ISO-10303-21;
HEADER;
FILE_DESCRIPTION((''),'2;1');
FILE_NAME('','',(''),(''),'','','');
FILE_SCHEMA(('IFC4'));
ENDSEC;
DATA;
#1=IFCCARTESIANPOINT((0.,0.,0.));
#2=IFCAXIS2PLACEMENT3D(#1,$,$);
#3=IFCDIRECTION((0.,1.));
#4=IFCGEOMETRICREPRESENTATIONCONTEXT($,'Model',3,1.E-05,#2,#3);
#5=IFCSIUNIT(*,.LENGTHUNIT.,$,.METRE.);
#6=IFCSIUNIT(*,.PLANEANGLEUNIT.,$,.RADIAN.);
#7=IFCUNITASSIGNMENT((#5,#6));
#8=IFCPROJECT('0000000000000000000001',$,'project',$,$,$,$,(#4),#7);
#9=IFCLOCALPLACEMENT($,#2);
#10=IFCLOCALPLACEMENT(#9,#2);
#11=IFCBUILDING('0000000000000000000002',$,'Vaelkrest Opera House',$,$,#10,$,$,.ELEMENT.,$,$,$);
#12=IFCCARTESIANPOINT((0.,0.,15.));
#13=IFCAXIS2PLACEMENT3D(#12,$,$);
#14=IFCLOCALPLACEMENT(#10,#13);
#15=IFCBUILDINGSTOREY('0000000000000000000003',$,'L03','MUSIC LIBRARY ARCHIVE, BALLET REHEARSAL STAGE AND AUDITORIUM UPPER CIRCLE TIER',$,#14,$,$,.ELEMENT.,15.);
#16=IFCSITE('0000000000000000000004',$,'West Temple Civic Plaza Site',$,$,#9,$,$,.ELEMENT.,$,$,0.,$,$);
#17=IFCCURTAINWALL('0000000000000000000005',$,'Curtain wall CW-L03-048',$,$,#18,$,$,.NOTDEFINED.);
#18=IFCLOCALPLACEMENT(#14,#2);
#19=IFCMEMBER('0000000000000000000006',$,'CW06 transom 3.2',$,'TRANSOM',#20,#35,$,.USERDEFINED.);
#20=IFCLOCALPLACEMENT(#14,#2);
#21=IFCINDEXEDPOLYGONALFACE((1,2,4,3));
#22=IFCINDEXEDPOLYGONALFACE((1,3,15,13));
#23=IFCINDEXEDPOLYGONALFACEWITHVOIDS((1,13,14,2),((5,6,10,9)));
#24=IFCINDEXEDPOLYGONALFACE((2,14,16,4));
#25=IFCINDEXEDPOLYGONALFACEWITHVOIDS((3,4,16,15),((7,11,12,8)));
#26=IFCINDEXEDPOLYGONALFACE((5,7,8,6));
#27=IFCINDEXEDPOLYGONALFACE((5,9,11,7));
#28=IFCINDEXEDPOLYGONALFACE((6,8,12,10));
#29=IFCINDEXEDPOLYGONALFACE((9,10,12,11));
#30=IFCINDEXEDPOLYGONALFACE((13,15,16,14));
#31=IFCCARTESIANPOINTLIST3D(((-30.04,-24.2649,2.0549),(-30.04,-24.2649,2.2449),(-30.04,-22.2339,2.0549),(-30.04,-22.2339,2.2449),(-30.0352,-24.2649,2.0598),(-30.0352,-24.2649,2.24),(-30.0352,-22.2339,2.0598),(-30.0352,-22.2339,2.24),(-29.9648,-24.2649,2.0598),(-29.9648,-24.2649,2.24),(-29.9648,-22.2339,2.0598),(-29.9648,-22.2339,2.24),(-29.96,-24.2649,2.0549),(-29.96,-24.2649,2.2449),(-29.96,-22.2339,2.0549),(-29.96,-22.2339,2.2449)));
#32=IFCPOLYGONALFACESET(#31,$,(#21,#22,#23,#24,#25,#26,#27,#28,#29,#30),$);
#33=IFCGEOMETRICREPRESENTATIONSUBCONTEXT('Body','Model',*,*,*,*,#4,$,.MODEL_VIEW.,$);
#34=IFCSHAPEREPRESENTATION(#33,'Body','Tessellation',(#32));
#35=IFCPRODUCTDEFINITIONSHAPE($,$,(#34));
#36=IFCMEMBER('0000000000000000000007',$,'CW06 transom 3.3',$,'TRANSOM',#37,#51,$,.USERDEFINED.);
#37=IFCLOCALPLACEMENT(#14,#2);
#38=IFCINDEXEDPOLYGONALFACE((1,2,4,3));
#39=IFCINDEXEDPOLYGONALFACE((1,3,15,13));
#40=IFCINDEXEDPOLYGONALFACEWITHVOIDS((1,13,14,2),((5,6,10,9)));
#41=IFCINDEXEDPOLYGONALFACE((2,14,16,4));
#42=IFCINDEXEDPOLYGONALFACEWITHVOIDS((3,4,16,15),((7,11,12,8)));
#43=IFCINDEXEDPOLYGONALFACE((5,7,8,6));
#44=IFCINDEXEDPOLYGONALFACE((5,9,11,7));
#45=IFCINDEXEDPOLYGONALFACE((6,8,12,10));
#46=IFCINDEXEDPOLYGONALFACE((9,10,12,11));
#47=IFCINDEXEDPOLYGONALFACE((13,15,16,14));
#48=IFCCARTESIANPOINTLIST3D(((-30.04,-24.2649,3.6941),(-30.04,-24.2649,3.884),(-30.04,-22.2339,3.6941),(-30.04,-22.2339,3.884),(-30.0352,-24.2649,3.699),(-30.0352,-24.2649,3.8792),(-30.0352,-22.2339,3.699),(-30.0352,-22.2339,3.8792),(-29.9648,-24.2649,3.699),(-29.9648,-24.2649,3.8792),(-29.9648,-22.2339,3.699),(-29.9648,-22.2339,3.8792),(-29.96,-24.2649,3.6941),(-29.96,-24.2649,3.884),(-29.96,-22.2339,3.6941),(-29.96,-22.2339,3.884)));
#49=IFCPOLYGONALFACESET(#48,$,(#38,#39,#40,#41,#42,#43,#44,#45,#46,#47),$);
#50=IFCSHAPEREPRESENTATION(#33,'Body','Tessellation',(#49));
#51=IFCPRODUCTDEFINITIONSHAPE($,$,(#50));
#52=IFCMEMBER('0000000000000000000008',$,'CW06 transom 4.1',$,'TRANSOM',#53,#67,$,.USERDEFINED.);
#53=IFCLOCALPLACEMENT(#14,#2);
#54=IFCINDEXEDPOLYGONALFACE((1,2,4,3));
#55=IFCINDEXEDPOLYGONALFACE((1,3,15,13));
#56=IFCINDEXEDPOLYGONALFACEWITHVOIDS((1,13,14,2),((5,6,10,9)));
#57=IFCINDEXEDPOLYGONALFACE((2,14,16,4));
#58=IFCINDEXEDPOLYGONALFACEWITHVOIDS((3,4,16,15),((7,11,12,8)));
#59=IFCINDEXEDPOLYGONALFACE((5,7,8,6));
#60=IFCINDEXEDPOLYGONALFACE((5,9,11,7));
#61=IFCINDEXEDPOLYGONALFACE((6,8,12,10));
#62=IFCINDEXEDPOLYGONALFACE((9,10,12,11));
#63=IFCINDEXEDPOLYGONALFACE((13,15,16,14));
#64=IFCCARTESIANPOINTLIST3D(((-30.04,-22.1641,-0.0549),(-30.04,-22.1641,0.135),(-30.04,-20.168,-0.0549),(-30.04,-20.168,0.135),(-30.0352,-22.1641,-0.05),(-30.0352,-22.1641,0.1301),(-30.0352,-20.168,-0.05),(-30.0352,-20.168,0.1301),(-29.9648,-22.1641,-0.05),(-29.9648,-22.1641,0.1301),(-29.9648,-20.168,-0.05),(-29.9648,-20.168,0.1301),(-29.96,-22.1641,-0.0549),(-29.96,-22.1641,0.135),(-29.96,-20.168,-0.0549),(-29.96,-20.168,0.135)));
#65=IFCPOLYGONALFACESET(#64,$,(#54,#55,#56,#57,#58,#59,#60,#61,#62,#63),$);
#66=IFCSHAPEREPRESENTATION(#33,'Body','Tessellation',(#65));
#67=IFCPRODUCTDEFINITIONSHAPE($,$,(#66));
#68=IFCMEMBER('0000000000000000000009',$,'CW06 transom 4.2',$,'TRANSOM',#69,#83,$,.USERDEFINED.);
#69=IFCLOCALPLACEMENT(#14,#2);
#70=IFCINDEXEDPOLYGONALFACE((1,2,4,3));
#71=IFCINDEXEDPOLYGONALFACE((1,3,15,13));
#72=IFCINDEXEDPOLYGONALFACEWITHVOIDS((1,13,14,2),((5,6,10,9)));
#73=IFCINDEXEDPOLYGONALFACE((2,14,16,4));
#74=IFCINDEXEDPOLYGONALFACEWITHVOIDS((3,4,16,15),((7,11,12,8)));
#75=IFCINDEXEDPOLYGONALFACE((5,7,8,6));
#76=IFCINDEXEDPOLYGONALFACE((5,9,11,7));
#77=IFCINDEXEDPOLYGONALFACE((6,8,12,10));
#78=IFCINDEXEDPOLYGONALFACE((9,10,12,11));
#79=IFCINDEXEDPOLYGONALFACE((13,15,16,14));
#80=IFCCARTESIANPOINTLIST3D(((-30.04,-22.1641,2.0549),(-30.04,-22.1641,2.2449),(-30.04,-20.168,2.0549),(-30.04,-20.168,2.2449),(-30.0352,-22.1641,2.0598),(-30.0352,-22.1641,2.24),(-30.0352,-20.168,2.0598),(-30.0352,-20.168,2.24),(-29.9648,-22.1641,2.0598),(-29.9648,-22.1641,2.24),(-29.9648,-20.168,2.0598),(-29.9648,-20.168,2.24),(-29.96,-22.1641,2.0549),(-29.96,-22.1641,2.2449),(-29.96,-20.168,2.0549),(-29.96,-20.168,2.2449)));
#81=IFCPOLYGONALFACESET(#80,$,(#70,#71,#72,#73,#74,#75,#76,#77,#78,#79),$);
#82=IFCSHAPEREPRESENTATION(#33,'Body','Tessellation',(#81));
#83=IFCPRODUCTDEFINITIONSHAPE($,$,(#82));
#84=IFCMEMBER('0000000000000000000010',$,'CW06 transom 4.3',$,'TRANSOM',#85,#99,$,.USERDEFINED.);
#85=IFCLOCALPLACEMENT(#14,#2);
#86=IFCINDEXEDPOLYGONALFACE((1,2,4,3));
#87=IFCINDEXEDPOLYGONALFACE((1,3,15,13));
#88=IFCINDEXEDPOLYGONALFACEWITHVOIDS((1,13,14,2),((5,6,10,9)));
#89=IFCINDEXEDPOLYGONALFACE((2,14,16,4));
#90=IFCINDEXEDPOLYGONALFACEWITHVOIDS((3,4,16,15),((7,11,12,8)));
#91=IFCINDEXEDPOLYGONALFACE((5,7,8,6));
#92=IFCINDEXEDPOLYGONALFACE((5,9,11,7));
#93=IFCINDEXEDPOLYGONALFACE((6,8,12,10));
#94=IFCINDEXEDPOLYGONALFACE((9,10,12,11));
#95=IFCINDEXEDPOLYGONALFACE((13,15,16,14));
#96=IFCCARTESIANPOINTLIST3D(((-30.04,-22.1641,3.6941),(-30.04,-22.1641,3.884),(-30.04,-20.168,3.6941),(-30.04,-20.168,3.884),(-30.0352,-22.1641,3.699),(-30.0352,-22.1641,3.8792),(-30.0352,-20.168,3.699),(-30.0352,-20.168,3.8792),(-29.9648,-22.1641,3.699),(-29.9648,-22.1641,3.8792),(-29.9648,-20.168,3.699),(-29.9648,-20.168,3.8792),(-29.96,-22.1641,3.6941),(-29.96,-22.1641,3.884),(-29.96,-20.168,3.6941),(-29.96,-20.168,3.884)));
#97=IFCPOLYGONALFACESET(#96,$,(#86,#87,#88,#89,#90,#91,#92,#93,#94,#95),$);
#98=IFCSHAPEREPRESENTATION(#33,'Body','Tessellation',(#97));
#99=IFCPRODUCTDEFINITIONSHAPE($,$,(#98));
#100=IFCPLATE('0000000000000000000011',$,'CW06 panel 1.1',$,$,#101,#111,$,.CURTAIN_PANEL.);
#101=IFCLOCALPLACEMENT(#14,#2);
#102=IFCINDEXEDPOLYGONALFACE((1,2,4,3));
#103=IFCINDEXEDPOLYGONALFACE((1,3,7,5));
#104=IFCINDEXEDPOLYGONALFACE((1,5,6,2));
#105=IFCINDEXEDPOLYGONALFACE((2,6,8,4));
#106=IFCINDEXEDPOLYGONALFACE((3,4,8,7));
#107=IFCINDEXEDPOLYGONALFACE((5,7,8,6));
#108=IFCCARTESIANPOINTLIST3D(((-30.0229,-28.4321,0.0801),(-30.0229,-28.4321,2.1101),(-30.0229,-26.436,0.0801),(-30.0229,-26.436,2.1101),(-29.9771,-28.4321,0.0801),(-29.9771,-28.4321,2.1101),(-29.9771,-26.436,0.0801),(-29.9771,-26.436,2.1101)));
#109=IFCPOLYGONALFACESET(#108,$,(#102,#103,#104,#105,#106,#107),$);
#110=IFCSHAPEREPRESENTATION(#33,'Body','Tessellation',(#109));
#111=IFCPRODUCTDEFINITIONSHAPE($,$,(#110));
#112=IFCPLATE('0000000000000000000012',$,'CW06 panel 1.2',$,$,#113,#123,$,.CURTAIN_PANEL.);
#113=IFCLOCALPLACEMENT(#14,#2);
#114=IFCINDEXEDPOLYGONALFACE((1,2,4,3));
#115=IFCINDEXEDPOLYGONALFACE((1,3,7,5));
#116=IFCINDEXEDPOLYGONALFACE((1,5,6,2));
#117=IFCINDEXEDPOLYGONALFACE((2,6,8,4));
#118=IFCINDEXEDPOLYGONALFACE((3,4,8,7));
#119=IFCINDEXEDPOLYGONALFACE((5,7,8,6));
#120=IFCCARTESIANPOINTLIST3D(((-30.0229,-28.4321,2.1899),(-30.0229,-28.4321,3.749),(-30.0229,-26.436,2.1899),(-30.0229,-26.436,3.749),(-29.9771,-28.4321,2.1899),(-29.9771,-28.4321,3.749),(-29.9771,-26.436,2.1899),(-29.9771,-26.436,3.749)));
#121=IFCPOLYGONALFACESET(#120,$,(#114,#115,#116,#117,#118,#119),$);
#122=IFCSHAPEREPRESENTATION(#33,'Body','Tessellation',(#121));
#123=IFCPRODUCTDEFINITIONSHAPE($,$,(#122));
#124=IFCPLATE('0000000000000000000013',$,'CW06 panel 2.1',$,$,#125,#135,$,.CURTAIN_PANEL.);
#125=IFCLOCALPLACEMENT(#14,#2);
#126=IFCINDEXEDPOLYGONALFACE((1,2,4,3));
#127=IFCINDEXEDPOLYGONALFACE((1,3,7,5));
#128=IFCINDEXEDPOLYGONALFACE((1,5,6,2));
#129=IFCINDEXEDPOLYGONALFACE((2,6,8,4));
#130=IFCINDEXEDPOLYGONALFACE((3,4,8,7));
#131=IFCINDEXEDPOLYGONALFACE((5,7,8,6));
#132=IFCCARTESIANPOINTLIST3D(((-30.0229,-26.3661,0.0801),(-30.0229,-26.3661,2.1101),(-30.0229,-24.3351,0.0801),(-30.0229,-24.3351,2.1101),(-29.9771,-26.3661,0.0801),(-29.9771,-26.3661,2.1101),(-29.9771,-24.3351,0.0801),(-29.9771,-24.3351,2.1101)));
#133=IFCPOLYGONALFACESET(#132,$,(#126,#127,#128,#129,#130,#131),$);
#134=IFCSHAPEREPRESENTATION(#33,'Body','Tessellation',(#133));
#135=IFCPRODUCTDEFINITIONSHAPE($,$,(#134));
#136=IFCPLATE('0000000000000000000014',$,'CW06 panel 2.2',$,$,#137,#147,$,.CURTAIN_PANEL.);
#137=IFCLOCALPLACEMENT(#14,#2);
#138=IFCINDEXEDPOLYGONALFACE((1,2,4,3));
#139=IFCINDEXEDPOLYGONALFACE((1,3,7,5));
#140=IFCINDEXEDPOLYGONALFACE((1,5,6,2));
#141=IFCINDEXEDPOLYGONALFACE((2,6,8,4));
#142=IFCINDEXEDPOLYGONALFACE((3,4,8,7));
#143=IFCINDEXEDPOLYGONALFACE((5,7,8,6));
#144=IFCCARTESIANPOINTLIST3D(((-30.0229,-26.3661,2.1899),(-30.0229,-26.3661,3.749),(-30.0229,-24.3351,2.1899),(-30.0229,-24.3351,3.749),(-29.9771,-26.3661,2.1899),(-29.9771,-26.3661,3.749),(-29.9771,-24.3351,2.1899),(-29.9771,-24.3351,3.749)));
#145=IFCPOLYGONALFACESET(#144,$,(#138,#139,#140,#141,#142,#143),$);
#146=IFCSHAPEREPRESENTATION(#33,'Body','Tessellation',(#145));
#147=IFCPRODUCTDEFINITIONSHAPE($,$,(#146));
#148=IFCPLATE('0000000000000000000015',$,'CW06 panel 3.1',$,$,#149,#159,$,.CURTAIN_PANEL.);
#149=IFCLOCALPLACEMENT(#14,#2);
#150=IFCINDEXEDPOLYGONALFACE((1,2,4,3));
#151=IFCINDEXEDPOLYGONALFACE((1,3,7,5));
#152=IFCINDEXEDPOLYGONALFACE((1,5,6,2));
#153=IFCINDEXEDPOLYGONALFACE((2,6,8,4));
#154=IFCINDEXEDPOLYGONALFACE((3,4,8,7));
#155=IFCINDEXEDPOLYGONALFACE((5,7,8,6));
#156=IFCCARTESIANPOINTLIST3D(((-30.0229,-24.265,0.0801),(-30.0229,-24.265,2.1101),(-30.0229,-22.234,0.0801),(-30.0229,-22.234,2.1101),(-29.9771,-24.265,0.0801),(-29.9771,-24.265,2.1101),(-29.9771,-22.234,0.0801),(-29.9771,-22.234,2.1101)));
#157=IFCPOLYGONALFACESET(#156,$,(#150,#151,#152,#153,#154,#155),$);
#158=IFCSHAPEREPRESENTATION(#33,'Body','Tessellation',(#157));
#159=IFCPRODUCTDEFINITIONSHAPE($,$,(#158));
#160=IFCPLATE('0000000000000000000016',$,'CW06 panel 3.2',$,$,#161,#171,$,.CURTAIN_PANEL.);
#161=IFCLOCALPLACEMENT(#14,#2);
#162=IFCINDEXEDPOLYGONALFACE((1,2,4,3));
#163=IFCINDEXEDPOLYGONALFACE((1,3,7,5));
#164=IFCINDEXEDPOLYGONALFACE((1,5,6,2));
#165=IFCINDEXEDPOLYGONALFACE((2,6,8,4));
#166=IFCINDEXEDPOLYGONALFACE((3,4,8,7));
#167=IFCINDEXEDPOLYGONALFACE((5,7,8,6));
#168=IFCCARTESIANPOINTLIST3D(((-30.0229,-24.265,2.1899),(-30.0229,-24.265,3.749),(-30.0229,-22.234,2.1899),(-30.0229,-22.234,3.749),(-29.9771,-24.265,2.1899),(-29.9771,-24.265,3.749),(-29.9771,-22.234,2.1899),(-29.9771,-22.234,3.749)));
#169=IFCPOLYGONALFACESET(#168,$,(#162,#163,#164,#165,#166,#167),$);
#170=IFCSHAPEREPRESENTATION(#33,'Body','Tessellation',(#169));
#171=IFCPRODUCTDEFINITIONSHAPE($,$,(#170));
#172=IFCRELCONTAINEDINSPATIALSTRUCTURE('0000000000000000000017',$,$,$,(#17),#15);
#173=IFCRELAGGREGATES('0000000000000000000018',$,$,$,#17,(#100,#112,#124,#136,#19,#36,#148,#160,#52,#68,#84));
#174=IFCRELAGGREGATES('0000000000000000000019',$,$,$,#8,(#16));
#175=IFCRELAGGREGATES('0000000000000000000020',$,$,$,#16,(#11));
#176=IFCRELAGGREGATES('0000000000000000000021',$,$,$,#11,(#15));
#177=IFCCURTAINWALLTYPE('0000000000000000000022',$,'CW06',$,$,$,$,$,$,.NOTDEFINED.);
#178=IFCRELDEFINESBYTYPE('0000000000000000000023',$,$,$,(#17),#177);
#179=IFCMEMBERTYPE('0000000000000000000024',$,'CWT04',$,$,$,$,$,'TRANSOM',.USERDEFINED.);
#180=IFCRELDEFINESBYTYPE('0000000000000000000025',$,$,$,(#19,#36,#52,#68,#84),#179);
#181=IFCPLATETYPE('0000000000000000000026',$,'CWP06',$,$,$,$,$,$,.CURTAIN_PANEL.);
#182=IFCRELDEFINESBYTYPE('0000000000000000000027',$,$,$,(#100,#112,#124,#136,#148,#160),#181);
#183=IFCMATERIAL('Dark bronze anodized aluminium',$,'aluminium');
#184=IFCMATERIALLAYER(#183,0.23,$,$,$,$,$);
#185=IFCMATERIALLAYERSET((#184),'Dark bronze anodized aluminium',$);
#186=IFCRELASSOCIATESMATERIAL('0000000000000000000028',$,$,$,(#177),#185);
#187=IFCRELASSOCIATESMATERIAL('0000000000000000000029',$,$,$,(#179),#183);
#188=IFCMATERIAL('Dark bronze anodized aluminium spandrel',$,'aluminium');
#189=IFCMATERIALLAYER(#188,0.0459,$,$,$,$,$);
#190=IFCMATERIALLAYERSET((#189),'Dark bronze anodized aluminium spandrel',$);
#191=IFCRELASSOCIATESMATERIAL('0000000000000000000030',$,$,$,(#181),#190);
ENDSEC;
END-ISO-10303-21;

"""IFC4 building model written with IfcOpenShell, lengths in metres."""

from ifc_helpers import new_model, si_unit, direction, frame, origin, origin_2d, place, context, subcontext, project, spatial, rectangle, hollow_rectangle, extrude, material, layer, layer_set, material_profile, profile_set, type_object, element, aggregate, save


model = new_model("IFC4")

# Units and contexts
model_context = context("Model", 3, precision=1e-05, world=origin(), true_north=direction((0.0, 1.0)))
body_context = subcontext(model_context, "Body", "Model", "MODEL_VIEW")
ifc_project = project(units=[si_unit("LENGTHUNIT", "METRE"), si_unit("PLANEANGLEUNIT", "RADIAN")], contexts=[model_context])

# Site, building, storey
site_placement = place(None, origin())
site = spatial("IfcSite", under=ifc_project, at=site_placement, Name="West Temple Civic Plaza Site", CompositionType="ELEMENT", RefElevation=0.0)
building_placement = place(site_placement, origin())
building = spatial("IfcBuilding", under=site, at=building_placement, Name="Vaelkrest Opera House", CompositionType="ELEMENT")
storey_placement = place(building_placement, frame((0.0, 0.0, 15.0)))
storey = spatial("IfcBuildingStorey", under=building, at=storey_placement, Name="L03", Description="MUSIC LIBRARY ARCHIVE, BALLET REHEARSAL STAGE AND AUDITORIUM UPPER CIRCLE TIER", CompositionType="ELEMENT", Elevation=15.0)

# Curtain wall, members, plates
ifc_material_1 = material(Name="Dark bronze anodized aluminium", Category="aluminium")
ifc_layer_1 = layer(ifc_material_1, 0.23)
ifc_layer_set_1 = layer_set([ifc_layer_1], Name="Dark bronze anodized aluminium")
curtain_wall_type = type_object("IfcCurtainWallType", Name="CW06", PredefinedType="NOTDEFINED", material=ifc_layer_set_1)
curtain_wall_placement = place(storey_placement, origin())
curtain_wall = element("IfcCurtainWall", 1, at=curtain_wall_placement, inside=storey, type_object=curtain_wall_type, Name="Curtain wall CW-L03-048", PredefinedType="NOTDEFINED")
ifc_material_profile_1 = material_profile(ifc_material_1, hollow_rectangle(XDim=0.0801, YDim=0.1899, WallThickness=0.0049, at=origin_2d()), Name="CWT80X190")
ifc_profile_set_1 = profile_set([ifc_material_profile_1], Name="Dark bronze anodized aluminium")
member_type_1 = type_object("IfcMemberType", Name="CWT04", ElementType="TRANSOM", PredefinedType="USERDEFINED", material=ifc_profile_set_1)
member_1_placement = place(storey_placement, frame((-30.0, -24.2649, 2.1499), z_axis=(0.0, 1.0, 0.0), x_axis=(-1.0, 0.0, 0.0)))
member_1 = element("IfcMember", 2, at=member_1_placement, type_object=member_type_1, Name="CW06 transom 3.2", ObjectType="TRANSOM", PredefinedType="USERDEFINED", context=body_context, shape_type="SweptSolid", body=[
    extrude(hollow_rectangle(XDim=0.0801, YDim=0.1899, WallThickness=0.0049, at=origin_2d()), origin(), (0.0, 0.0, 1.0), 2.031),
])
member_2_placement = place(storey_placement, frame((-30.0, -24.2649, 3.7891), z_axis=(0.0, 1.0, 0.0), x_axis=(-1.0, 0.0, 0.0)))
member_2 = element("IfcMember", 3, at=member_2_placement, type_object=member_type_1, Name="CW06 transom 3.3", ObjectType="TRANSOM", PredefinedType="USERDEFINED", context=body_context, shape_type="SweptSolid", body=[
    extrude(hollow_rectangle(XDim=0.0801, YDim=0.1899, WallThickness=0.0049, at=origin_2d()), origin(), (0.0, 0.0, 1.0), 2.031),
])
member_3_placement = place(storey_placement, frame((-30.0, -22.1641, 0.04), z_axis=(0.0, 1.0, 0.0), x_axis=(-1.0, 0.0, 0.0)))
member_3 = element("IfcMember", 4, at=member_3_placement, type_object=member_type_1, Name="CW06 transom 4.1", ObjectType="TRANSOM", PredefinedType="USERDEFINED", context=body_context, shape_type="SweptSolid", body=[
    extrude(hollow_rectangle(XDim=0.0801, YDim=0.1899, WallThickness=0.0049, at=origin_2d()), origin(), (0.0, 0.0, 1.0), 1.9961),
])
member_4_placement = place(storey_placement, frame((-30.0, -22.1641, 2.1499), z_axis=(0.0, 1.0, 0.0), x_axis=(-1.0, 0.0, 0.0)))
member_4 = element("IfcMember", 5, at=member_4_placement, type_object=member_type_1, Name="CW06 transom 4.2", ObjectType="TRANSOM", PredefinedType="USERDEFINED", context=body_context, shape_type="SweptSolid", body=[
    extrude(hollow_rectangle(XDim=0.0801, YDim=0.1899, WallThickness=0.0049, at=origin_2d()), origin(), (0.0, 0.0, 1.0), 1.9961),
])
member_5_placement = place(storey_placement, frame((-30.0, -22.1641, 3.7891), z_axis=(0.0, 1.0, 0.0), x_axis=(-1.0, 0.0, 0.0)))
member_5 = element("IfcMember", 6, at=member_5_placement, type_object=member_type_1, Name="CW06 transom 4.3", ObjectType="TRANSOM", PredefinedType="USERDEFINED", context=body_context, shape_type="SweptSolid", body=[
    extrude(hollow_rectangle(XDim=0.0801, YDim=0.1899, WallThickness=0.0049, at=origin_2d()), origin(), (0.0, 0.0, 1.0), 1.9961),
])
ifc_material_2 = material(Name="Dark bronze anodized aluminium spandrel", Category="aluminium")
ifc_layer_2 = layer(ifc_material_2, 0.0459)
ifc_layer_set_2 = layer_set([ifc_layer_2], Name="Dark bronze anodized aluminium spandrel")
plate_type = type_object("IfcPlateType", Name="CWP06", PredefinedType="CURTAIN_PANEL", material=ifc_layer_set_2)
plate_1_placement = place(storey_placement, frame((-30.0, -27.4341, 0.0801), z_axis=(0.0, 0.0, 1.0), x_axis=(0.0, 1.0, 0.0)))
plate_1 = element("IfcPlate", 7, at=plate_1_placement, type_object=plate_type, Name="CW06 panel 1.1", PredefinedType="CURTAIN_PANEL", context=body_context, shape_type="SweptSolid", body=[
    extrude(rectangle(XDim=1.9961, YDim=0.0459, at=origin_2d()), origin(), (0.0, 0.0, 1.0), 2.03),
])
plate_2_placement = place(storey_placement, frame((-30.0, -27.4341, 2.1899), z_axis=(0.0, 0.0, 1.0), x_axis=(0.0, 1.0, 0.0)))
plate_2 = element("IfcPlate", 8, at=plate_2_placement, type_object=plate_type, Name="CW06 panel 1.2", PredefinedType="CURTAIN_PANEL", context=body_context, shape_type="SweptSolid", body=[
    extrude(rectangle(XDim=1.9961, YDim=0.0459, at=origin_2d()), origin(), (0.0, 0.0, 1.0), 1.5591),
])
plate_3_placement = place(storey_placement, frame((-30.0, -25.3506, 0.0801), z_axis=(0.0, 0.0, 1.0), x_axis=(0.0, 1.0, 0.0)))
plate_3 = element("IfcPlate", 9, at=plate_3_placement, type_object=plate_type, Name="CW06 panel 2.1", PredefinedType="CURTAIN_PANEL", context=body_context, shape_type="SweptSolid", body=[
    extrude(rectangle(XDim=2.031, YDim=0.0459, at=origin_2d()), origin(), (0.0, 0.0, 1.0), 2.03),
])
plate_4_placement = place(storey_placement, frame((-30.0, -25.3506, 2.1899), z_axis=(0.0, 0.0, 1.0), x_axis=(0.0, 1.0, 0.0)))
plate_4 = element("IfcPlate", 10, at=plate_4_placement, type_object=plate_type, Name="CW06 panel 2.2", PredefinedType="CURTAIN_PANEL", context=body_context, shape_type="SweptSolid", body=[
    extrude(rectangle(XDim=2.031, YDim=0.0459, at=origin_2d()), origin(), (0.0, 0.0, 1.0), 1.5591),
])
plate_5_placement = place(storey_placement, frame((-30.0, -23.2495, 0.0801), z_axis=(0.0, 0.0, 1.0), x_axis=(0.0, 1.0, 0.0)))
plate_5 = element("IfcPlate", 11, at=plate_5_placement, type_object=plate_type, Name="CW06 panel 3.1", PredefinedType="CURTAIN_PANEL", context=body_context, shape_type="SweptSolid", body=[
    extrude(rectangle(XDim=2.031, YDim=0.0459, at=origin_2d()), origin(), (0.0, 0.0, 1.0), 2.03),
])
plate_6_placement = place(storey_placement, frame((-30.0, -23.2495, 2.1899), z_axis=(0.0, 0.0, 1.0), x_axis=(0.0, 1.0, 0.0)))
plate_6 = element("IfcPlate", 12, at=plate_6_placement, type_object=plate_type, Name="CW06 panel 3.2", PredefinedType="CURTAIN_PANEL", context=body_context, shape_type="SweptSolid", body=[
    extrude(rectangle(XDim=2.031, YDim=0.0459, at=origin_2d()), origin(), (0.0, 0.0, 1.0), 1.5591),
])
aggregate(curtain_wall, [plate_1, plate_2, plate_3, plate_4, member_1, member_2, plate_5, plate_6, member_3, member_4, member_5])

save(model, "model.ifc")
